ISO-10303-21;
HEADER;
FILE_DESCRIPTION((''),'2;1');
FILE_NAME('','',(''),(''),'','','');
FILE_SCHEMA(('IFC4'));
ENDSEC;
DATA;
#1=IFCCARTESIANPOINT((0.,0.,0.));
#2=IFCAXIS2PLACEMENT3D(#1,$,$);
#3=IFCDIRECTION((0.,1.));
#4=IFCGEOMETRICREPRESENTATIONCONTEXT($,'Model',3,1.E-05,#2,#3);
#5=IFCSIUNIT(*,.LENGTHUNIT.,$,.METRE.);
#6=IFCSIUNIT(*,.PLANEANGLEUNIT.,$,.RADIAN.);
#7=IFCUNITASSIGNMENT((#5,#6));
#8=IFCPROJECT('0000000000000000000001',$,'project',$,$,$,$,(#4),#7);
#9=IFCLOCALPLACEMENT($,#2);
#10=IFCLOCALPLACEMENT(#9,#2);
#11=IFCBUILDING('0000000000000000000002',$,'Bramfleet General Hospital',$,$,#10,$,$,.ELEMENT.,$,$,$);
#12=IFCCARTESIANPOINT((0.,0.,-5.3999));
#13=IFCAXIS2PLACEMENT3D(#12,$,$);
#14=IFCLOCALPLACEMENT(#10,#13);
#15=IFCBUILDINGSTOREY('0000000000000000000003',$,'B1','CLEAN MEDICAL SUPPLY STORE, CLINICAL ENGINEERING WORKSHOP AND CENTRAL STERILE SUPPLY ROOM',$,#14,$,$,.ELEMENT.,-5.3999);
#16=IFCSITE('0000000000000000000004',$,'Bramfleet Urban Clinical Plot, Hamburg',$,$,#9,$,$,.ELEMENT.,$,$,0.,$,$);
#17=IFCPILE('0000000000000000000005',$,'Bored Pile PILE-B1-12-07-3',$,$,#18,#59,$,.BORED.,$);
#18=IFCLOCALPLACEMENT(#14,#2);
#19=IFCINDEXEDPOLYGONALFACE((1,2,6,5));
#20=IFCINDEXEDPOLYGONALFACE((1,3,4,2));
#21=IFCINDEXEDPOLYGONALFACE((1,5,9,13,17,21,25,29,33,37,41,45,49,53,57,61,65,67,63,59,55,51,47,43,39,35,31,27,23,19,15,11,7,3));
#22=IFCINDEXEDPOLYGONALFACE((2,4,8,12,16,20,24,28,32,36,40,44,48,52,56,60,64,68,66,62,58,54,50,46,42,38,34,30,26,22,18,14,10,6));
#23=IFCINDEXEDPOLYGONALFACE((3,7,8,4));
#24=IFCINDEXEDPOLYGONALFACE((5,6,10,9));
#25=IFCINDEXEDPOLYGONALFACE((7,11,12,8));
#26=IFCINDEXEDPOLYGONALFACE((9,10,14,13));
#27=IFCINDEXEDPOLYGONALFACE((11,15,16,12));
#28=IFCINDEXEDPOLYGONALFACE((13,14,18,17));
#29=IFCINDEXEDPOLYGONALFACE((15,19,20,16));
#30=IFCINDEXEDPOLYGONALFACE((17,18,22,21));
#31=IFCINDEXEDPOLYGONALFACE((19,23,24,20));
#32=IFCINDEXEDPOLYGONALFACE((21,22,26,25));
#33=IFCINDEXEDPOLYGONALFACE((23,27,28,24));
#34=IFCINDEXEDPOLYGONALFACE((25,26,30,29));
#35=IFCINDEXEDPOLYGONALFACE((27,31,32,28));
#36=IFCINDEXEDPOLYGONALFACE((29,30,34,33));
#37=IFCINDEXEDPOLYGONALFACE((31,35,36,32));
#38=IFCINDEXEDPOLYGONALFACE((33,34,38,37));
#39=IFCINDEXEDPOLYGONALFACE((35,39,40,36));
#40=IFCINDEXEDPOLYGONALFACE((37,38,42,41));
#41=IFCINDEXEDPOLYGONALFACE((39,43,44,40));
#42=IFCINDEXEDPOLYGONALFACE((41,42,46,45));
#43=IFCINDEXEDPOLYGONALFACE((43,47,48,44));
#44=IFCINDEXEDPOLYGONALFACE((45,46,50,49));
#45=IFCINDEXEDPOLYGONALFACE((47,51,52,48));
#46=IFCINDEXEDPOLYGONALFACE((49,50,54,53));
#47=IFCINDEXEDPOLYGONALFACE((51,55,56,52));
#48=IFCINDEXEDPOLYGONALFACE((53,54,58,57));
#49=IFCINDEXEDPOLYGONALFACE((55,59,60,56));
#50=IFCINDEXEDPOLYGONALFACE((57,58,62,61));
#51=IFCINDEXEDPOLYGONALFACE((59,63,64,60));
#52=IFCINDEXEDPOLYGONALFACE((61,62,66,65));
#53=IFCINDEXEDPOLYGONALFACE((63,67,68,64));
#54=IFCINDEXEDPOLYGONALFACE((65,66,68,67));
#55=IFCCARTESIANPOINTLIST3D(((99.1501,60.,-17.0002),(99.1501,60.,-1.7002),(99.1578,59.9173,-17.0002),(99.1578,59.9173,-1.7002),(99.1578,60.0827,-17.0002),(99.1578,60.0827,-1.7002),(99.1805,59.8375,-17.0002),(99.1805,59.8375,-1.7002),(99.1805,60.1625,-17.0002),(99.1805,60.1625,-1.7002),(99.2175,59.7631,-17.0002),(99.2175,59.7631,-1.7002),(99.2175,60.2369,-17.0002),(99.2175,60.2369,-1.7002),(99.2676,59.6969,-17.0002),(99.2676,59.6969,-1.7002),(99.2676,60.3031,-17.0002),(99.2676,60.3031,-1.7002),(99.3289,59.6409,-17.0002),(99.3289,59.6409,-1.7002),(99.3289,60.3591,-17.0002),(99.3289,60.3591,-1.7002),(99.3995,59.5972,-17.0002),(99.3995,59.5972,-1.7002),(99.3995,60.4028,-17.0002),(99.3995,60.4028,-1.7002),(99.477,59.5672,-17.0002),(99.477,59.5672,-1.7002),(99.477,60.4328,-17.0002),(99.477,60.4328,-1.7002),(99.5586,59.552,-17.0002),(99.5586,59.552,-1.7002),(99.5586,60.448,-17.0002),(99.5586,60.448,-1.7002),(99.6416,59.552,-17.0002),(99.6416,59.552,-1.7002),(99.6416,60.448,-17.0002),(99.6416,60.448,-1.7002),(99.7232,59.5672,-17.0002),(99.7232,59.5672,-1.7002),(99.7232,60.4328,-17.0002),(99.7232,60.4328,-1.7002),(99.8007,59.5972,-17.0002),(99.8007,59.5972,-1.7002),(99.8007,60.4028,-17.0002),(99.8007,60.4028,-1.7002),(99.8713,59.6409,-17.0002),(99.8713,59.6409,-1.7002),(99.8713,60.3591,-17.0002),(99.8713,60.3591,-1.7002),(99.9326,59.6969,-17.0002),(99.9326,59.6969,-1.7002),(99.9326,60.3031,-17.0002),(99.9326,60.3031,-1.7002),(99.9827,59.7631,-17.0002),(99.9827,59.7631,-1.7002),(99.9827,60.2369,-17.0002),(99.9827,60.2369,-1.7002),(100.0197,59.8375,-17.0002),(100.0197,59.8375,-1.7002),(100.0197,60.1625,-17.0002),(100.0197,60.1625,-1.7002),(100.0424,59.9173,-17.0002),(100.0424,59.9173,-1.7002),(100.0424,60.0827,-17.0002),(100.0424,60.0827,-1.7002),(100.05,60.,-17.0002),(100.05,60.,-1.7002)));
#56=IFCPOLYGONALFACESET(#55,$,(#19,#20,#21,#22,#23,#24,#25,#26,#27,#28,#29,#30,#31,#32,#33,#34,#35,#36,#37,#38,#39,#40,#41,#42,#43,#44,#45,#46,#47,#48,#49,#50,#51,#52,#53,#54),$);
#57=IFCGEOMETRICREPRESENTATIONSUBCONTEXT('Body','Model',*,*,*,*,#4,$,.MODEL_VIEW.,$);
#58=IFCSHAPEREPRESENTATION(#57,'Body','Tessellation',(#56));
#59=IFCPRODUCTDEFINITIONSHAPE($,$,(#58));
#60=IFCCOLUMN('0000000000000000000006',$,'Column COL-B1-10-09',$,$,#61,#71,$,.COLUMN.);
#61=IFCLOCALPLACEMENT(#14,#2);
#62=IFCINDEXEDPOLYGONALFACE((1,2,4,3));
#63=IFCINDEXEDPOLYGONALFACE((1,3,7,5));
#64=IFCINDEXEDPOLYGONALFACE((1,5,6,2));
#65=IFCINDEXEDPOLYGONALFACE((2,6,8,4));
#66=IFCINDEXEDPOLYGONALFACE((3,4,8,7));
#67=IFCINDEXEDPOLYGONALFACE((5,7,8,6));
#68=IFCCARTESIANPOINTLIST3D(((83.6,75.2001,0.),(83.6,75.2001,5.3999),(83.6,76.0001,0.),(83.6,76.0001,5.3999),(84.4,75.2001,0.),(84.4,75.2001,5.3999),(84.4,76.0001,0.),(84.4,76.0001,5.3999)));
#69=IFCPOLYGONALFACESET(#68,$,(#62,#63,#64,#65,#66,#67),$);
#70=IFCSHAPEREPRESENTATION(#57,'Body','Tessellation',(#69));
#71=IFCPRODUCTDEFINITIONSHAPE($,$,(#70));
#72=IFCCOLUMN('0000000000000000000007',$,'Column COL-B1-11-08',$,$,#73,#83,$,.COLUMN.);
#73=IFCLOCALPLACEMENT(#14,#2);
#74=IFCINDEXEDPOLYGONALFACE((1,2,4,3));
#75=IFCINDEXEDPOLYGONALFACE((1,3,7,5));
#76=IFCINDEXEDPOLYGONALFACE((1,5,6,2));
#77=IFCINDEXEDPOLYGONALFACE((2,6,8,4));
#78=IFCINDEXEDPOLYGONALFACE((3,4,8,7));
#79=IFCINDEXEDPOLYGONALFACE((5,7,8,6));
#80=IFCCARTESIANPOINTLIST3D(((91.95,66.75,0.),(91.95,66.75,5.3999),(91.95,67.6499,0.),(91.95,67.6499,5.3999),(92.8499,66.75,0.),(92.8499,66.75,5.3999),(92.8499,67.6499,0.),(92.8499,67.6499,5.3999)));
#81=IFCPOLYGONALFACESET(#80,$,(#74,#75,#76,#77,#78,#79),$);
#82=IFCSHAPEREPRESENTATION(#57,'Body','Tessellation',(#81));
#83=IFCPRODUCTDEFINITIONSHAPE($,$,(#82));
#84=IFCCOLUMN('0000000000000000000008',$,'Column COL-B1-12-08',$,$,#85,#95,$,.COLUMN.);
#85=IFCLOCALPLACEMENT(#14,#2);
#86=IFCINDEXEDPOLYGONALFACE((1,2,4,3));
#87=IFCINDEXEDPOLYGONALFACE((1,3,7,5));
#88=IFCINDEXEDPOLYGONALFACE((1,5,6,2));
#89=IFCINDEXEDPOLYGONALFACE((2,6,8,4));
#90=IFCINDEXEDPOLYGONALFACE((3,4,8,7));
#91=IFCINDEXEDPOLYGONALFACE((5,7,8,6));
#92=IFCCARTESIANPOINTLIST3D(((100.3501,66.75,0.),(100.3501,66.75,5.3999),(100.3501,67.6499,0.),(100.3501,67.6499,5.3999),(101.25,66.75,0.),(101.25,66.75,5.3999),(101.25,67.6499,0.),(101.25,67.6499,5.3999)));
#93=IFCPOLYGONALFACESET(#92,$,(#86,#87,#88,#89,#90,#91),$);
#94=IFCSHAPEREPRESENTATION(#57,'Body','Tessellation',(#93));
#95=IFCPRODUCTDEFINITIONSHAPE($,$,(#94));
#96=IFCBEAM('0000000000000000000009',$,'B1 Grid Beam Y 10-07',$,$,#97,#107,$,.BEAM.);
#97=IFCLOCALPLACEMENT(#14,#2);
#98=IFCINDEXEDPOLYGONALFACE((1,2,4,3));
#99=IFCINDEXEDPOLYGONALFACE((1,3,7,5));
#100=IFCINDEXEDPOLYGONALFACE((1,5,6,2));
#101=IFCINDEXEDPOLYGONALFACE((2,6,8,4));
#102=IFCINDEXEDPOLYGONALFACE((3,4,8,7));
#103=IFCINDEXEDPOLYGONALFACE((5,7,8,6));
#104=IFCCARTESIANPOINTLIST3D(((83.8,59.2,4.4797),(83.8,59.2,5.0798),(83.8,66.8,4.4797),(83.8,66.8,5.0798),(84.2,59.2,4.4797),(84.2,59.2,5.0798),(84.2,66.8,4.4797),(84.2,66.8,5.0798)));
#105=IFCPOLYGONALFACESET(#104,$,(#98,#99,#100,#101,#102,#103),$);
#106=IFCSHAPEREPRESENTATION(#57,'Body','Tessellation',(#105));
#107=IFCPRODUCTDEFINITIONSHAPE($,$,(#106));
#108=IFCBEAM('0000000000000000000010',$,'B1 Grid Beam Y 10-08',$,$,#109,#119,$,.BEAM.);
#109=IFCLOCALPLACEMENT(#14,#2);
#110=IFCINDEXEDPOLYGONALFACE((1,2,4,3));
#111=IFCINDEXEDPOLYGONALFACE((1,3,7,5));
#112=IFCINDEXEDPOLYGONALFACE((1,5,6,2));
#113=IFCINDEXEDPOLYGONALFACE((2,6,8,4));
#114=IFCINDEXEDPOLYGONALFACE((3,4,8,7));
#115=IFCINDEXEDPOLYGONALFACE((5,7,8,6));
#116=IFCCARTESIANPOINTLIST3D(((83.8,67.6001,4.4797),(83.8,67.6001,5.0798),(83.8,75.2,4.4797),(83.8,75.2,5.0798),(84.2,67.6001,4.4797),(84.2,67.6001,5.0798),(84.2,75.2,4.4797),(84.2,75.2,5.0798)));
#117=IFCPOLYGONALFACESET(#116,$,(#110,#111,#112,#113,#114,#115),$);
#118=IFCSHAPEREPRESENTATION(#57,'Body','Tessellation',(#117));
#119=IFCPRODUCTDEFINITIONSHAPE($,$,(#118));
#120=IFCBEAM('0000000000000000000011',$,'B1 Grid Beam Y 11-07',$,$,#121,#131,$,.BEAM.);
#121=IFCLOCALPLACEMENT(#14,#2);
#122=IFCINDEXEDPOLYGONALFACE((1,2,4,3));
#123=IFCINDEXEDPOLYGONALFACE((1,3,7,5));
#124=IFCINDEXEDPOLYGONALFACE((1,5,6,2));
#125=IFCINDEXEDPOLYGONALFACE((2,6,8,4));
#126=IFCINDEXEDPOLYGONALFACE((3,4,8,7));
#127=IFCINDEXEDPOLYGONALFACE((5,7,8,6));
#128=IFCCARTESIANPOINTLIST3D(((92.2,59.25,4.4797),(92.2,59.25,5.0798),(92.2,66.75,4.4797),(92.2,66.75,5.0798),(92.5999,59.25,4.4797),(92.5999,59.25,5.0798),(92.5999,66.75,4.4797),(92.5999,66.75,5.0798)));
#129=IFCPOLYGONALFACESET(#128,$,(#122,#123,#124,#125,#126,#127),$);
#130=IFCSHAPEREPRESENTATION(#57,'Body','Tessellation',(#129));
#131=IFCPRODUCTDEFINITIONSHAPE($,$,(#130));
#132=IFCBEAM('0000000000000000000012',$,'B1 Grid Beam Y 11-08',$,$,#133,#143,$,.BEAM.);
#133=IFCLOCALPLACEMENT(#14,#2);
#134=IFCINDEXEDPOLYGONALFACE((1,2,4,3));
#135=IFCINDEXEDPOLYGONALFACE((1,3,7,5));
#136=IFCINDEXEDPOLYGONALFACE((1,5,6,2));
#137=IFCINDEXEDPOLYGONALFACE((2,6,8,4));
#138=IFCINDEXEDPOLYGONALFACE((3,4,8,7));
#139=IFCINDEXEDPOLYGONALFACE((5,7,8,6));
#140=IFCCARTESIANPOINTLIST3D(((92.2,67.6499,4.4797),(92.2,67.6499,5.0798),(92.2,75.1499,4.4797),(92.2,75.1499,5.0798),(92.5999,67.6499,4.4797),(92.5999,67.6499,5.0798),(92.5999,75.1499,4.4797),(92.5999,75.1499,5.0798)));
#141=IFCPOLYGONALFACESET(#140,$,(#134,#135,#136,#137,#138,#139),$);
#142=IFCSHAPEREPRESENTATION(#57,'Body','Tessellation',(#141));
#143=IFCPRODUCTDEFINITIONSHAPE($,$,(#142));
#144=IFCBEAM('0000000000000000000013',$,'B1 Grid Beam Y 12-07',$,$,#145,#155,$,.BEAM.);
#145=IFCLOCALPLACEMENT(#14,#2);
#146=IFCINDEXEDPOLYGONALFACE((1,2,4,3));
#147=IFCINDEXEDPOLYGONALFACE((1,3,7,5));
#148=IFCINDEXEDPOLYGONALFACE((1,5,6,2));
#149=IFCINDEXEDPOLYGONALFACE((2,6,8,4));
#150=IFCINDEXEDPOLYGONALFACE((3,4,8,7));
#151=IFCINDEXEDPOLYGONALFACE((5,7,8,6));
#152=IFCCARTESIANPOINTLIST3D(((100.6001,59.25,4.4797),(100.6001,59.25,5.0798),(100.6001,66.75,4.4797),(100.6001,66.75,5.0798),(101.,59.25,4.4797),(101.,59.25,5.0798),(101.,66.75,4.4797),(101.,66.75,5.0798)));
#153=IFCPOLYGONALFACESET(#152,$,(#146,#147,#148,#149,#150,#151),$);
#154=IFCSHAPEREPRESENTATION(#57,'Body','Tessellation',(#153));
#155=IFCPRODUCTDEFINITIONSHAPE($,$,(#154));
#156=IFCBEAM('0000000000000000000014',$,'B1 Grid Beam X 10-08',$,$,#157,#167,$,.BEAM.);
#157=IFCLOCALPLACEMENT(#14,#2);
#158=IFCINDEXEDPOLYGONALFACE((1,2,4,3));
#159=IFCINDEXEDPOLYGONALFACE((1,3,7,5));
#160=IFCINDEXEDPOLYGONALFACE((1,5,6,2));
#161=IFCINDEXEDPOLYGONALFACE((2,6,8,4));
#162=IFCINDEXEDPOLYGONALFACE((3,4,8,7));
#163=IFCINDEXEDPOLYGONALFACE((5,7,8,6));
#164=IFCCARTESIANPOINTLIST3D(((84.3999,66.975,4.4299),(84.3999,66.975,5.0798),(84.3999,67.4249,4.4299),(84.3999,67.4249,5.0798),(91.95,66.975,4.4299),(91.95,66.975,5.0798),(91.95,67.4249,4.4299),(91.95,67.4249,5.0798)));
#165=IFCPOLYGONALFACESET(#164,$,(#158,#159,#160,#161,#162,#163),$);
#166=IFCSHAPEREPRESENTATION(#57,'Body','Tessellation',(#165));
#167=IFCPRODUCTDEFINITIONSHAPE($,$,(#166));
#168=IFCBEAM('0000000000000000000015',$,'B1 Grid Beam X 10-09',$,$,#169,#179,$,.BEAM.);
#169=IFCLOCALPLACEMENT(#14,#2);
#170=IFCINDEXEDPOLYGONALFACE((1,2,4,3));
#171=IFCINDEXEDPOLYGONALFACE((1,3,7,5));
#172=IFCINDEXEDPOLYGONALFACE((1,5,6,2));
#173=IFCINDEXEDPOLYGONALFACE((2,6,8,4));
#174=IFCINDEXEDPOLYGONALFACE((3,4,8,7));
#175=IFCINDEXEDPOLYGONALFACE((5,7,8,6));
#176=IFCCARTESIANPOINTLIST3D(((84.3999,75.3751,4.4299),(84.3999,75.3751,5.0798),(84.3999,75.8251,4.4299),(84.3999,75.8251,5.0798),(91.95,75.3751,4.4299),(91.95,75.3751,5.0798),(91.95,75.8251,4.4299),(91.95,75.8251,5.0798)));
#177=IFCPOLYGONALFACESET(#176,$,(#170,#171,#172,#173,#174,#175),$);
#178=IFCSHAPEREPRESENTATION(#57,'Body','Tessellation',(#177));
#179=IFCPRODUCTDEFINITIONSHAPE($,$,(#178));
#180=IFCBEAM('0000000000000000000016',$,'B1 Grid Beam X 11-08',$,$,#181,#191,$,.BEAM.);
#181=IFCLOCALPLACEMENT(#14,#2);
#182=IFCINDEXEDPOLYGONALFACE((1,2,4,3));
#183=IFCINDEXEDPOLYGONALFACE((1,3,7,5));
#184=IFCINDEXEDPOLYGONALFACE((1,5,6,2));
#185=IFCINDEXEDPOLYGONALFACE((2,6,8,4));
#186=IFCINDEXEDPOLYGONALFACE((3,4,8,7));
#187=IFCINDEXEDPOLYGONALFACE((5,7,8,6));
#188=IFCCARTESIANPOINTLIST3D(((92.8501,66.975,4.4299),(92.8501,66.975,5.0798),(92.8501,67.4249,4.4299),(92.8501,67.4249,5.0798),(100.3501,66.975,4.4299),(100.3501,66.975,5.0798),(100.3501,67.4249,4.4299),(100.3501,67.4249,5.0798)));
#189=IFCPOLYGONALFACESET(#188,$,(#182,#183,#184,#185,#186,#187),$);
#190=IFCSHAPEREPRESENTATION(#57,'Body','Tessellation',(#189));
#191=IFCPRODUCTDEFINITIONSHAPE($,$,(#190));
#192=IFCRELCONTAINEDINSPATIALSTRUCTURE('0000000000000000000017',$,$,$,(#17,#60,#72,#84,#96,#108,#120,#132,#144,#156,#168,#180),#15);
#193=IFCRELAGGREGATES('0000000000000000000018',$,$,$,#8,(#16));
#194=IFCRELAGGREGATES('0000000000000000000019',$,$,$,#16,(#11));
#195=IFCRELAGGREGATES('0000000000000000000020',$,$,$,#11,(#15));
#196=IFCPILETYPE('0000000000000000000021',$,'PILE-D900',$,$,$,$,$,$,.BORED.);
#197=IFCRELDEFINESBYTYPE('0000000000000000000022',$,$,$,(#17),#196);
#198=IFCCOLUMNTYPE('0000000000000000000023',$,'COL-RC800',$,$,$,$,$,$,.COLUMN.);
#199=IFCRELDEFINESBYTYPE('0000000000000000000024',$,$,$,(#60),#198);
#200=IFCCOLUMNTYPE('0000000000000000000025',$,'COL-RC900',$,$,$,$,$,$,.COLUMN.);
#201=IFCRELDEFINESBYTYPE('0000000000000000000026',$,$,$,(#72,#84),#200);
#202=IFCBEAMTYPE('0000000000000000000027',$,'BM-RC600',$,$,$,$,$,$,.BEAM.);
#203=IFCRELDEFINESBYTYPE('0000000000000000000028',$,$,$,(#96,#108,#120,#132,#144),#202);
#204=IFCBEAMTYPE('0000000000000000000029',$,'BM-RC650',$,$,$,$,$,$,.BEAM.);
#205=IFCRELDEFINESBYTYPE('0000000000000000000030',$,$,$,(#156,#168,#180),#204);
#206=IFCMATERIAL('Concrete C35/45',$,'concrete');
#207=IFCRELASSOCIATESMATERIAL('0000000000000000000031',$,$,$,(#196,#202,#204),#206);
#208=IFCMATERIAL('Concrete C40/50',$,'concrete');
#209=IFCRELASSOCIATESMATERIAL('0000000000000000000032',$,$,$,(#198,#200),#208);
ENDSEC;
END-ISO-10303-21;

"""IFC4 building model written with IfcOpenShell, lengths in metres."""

from ifc_helpers import new_model, si_unit, direction, frame, origin, origin_2d, place, context, subcontext, project, spatial, rectangle, circle, extrude, material, material_profile, profile_set, type_object, element, save


model = new_model("IFC4")

# Units and contexts
model_context = context("Model", 3, precision=1e-05, world=origin(), true_north=direction((0.0, 1.0)))
body_context = subcontext(model_context, "Body", "Model", "MODEL_VIEW")
ifc_project = project(units=[si_unit("LENGTHUNIT", "METRE"), si_unit("PLANEANGLEUNIT", "RADIAN")], contexts=[model_context])

# Site, building, storey
site_placement = place(None, origin())
site = spatial("IfcSite", under=ifc_project, at=site_placement, Name="Bramfleet Urban Clinical Plot, Hamburg", CompositionType="ELEMENT", RefElevation=0.0)
building_placement = place(site_placement, origin())
building = spatial("IfcBuilding", under=site, at=building_placement, Name="Bramfleet General Hospital", CompositionType="ELEMENT")
storey_placement = place(building_placement, frame((0.0, 0.0, -5.3999)))
storey = spatial("IfcBuildingStorey", under=building, at=storey_placement, Name="B1", Description="CLEAN MEDICAL SUPPLY STORE, CLINICAL ENGINEERING WORKSHOP AND CENTRAL STERILE SUPPLY ROOM", CompositionType="ELEMENT", Elevation=-5.3999)

# Shared definitions
ifc_material_1 = material(Name="Concrete C35/45", Category="concrete")

# Pile
ifc_material_profile_1 = material_profile(ifc_material_1, circle(Radius=0.45, at=origin_2d()), Name="PILE BORED D900")
ifc_profile_set_1 = profile_set([ifc_material_profile_1], Name="Concrete C35/45")
pile_type_1 = type_object("IfcPileType", Name="PILE-D900", PredefinedType="BORED", material=ifc_profile_set_1)
for number, where, z_axis, x_axis, name in (
    (1, (99.6001, 60.0, -1.7002), (0.0, 0.0, -1.0), (1.0, 0.0, 0.0), "Bored Pile PILE-B1-12-07-3"),
):
    element("IfcPile", number, at=place(storey_placement, frame(where, z_axis=z_axis, x_axis=x_axis)), inside=storey, type_object=pile_type_1, Name=name, PredefinedType="BORED", context=body_context, shape_type="SweptSolid", body=[
        extrude(circle(Radius=0.45, at=origin_2d()), origin(), (0.0, 0.0, 1.0), 15.3),
    ])

# Columns
ifc_material_2 = material(Name="Concrete C40/50", Category="concrete")
ifc_material_profile_2 = material_profile(ifc_material_2, rectangle(XDim=0.8, YDim=0.8, at=origin_2d()), Name="RC COL 800x800")
ifc_profile_set_2 = profile_set([ifc_material_profile_2], Name="Concrete C40/50")
column_type_1 = type_object("IfcColumnType", Name="COL-RC800", PredefinedType="COLUMN", material=ifc_profile_set_2)
column_placement = place(storey_placement, frame((84.0, 75.6001, 0.0), z_axis=(0.0, 0.0, 1.0), x_axis=(1.0, 0.0, 0.0)))
element("IfcColumn", 2, at=column_placement, inside=storey, type_object=column_type_1, Name="Column COL-B1-10-09", PredefinedType="COLUMN", context=body_context, shape_type="SweptSolid", body=[
    extrude(rectangle(XDim=0.8, YDim=0.8, at=origin_2d()), origin(), (0.0, 0.0, 1.0), 5.3999),
])
ifc_material_profile_3 = material_profile(ifc_material_2, rectangle(XDim=0.8999, YDim=0.8999, at=origin_2d()), Name="RC COL 900x900")
ifc_profile_set_3 = profile_set([ifc_material_profile_3], Name="Concrete C40/50")
column_type_2 = type_object("IfcColumnType", Name="COL-RC900", PredefinedType="COLUMN", material=ifc_profile_set_3)
for number, where, z_axis, x_axis, name in (
    (3, (92.3999, 67.2, 0.0), (0.0, 0.0, 1.0), (1.0, 0.0, 0.0), "Column COL-B1-11-08"),
    (4, (100.8, 67.2, 0.0), (0.0, 0.0, 1.0), (1.0, 0.0, 0.0), "Column COL-B1-12-08"),
):
    element("IfcColumn", number, at=place(storey_placement, frame(where, z_axis=z_axis, x_axis=x_axis)), inside=storey, type_object=column_type_2, Name=name, PredefinedType="COLUMN", context=body_context, shape_type="SweptSolid", body=[
        extrude(rectangle(XDim=0.8999, YDim=0.8999, at=origin_2d()), origin(), (0.0, 0.0, 1.0), 5.3999),
    ])

# Beams
ifc_material_profile_4 = material_profile(ifc_material_1, rectangle(XDim=0.3999, YDim=0.6001, at=origin_2d()), Name="RC BM 600x400")
ifc_profile_set_4 = profile_set([ifc_material_profile_4], Name="Concrete C35/45")
beam_type_1 = type_object("IfcBeamType", Name="BM-RC600", PredefinedType="BEAM", material=ifc_profile_set_4)
beam_1_placement = place(storey_placement, frame((84.0, 59.2, 4.7798), z_axis=(0.0, 1.0, 0.0), x_axis=(-1.0, 0.0, 0.0)))
element("IfcBeam", 5, at=beam_1_placement, inside=storey, type_object=beam_type_1, Name="B1 Grid Beam Y 10-07", PredefinedType="BEAM", context=body_context, shape_type="SweptSolid", body=[
    extrude(rectangle(XDim=0.3999, YDim=0.6001, at=origin_2d()), origin(), (0.0, 0.0, 1.0), 7.6001),
])
beam_2_placement = place(storey_placement, frame((84.0, 67.6001, 4.7798), z_axis=(0.0, 1.0, 0.0), x_axis=(-1.0, 0.0, 0.0)))
element("IfcBeam", 6, at=beam_2_placement, inside=storey, type_object=beam_type_1, Name="B1 Grid Beam Y 10-08", PredefinedType="BEAM", context=body_context, shape_type="SweptSolid", body=[
    extrude(rectangle(XDim=0.3999, YDim=0.6001, at=origin_2d()), origin(), (0.0, 0.0, 1.0), 7.5999),
])
for number, where, z_axis, x_axis, name in (
    (7, (92.3999, 59.25, 4.7798), (0.0, 1.0, 0.0), (-1.0, 0.0, 0.0), "B1 Grid Beam Y 11-07"),
    (8, (92.3999, 67.6499, 4.7798), (0.0, 1.0, 0.0), (-1.0, 0.0, 0.0), "B1 Grid Beam Y 11-08"),
    (9, (100.8, 59.25, 4.7798), (0.0, 1.0, 0.0), (-1.0, 0.0, 0.0), "B1 Grid Beam Y 12-07"),
):
    element("IfcBeam", number, at=place(storey_placement, frame(where, z_axis=z_axis, x_axis=x_axis)), inside=storey, type_object=beam_type_1, Name=name, PredefinedType="BEAM", context=body_context, shape_type="SweptSolid", body=[
        extrude(rectangle(XDim=0.3999, YDim=0.6001, at=origin_2d()), origin(), (0.0, 0.0, 1.0), 7.5),
    ])
ifc_material_profile_5 = material_profile(ifc_material_1, rectangle(XDim=0.45, YDim=0.6499, at=origin_2d()), Name="RC BM 650x450")
ifc_profile_set_5 = profile_set([ifc_material_profile_5], Name="Concrete C35/45")
beam_type_2 = type_object("IfcBeamType", Name="BM-RC650", PredefinedType="BEAM", material=ifc_profile_set_5)
for number, where, z_axis, x_axis, name in (
    (10, (84.3999, 67.2, 4.7549), (1.0, 0.0, 0.0), (0.0, 1.0, 0.0), "B1 Grid Beam X 10-08"),
    (11, (84.3999, 75.6001, 4.7549), (1.0, 0.0, 0.0), (0.0, 1.0, 0.0), "B1 Grid Beam X 10-09"),
):
    element("IfcBeam", number, at=place(storey_placement, frame(where, z_axis=z_axis, x_axis=x_axis)), inside=storey, type_object=beam_type_2, Name=name, PredefinedType="BEAM", context=body_context, shape_type="SweptSolid", body=[
        extrude(rectangle(XDim=0.45, YDim=0.6499, at=origin_2d()), origin(), (0.0, 0.0, 1.0), 7.55),
    ])
beam_3_placement = place(storey_placement, frame((92.8501, 67.2, 4.7549), z_axis=(1.0, 0.0, 0.0), x_axis=(0.0, 1.0, 0.0)))
element("IfcBeam", 12, at=beam_3_placement, inside=storey, type_object=beam_type_2, Name="B1 Grid Beam X 11-08", PredefinedType="BEAM", context=body_context, shape_type="SweptSolid", body=[
    extrude(rectangle(XDim=0.45, YDim=0.6499, at=origin_2d()), origin(), (0.0, 0.0, 1.0), 7.5),
])

save(model, "model.ifc")
